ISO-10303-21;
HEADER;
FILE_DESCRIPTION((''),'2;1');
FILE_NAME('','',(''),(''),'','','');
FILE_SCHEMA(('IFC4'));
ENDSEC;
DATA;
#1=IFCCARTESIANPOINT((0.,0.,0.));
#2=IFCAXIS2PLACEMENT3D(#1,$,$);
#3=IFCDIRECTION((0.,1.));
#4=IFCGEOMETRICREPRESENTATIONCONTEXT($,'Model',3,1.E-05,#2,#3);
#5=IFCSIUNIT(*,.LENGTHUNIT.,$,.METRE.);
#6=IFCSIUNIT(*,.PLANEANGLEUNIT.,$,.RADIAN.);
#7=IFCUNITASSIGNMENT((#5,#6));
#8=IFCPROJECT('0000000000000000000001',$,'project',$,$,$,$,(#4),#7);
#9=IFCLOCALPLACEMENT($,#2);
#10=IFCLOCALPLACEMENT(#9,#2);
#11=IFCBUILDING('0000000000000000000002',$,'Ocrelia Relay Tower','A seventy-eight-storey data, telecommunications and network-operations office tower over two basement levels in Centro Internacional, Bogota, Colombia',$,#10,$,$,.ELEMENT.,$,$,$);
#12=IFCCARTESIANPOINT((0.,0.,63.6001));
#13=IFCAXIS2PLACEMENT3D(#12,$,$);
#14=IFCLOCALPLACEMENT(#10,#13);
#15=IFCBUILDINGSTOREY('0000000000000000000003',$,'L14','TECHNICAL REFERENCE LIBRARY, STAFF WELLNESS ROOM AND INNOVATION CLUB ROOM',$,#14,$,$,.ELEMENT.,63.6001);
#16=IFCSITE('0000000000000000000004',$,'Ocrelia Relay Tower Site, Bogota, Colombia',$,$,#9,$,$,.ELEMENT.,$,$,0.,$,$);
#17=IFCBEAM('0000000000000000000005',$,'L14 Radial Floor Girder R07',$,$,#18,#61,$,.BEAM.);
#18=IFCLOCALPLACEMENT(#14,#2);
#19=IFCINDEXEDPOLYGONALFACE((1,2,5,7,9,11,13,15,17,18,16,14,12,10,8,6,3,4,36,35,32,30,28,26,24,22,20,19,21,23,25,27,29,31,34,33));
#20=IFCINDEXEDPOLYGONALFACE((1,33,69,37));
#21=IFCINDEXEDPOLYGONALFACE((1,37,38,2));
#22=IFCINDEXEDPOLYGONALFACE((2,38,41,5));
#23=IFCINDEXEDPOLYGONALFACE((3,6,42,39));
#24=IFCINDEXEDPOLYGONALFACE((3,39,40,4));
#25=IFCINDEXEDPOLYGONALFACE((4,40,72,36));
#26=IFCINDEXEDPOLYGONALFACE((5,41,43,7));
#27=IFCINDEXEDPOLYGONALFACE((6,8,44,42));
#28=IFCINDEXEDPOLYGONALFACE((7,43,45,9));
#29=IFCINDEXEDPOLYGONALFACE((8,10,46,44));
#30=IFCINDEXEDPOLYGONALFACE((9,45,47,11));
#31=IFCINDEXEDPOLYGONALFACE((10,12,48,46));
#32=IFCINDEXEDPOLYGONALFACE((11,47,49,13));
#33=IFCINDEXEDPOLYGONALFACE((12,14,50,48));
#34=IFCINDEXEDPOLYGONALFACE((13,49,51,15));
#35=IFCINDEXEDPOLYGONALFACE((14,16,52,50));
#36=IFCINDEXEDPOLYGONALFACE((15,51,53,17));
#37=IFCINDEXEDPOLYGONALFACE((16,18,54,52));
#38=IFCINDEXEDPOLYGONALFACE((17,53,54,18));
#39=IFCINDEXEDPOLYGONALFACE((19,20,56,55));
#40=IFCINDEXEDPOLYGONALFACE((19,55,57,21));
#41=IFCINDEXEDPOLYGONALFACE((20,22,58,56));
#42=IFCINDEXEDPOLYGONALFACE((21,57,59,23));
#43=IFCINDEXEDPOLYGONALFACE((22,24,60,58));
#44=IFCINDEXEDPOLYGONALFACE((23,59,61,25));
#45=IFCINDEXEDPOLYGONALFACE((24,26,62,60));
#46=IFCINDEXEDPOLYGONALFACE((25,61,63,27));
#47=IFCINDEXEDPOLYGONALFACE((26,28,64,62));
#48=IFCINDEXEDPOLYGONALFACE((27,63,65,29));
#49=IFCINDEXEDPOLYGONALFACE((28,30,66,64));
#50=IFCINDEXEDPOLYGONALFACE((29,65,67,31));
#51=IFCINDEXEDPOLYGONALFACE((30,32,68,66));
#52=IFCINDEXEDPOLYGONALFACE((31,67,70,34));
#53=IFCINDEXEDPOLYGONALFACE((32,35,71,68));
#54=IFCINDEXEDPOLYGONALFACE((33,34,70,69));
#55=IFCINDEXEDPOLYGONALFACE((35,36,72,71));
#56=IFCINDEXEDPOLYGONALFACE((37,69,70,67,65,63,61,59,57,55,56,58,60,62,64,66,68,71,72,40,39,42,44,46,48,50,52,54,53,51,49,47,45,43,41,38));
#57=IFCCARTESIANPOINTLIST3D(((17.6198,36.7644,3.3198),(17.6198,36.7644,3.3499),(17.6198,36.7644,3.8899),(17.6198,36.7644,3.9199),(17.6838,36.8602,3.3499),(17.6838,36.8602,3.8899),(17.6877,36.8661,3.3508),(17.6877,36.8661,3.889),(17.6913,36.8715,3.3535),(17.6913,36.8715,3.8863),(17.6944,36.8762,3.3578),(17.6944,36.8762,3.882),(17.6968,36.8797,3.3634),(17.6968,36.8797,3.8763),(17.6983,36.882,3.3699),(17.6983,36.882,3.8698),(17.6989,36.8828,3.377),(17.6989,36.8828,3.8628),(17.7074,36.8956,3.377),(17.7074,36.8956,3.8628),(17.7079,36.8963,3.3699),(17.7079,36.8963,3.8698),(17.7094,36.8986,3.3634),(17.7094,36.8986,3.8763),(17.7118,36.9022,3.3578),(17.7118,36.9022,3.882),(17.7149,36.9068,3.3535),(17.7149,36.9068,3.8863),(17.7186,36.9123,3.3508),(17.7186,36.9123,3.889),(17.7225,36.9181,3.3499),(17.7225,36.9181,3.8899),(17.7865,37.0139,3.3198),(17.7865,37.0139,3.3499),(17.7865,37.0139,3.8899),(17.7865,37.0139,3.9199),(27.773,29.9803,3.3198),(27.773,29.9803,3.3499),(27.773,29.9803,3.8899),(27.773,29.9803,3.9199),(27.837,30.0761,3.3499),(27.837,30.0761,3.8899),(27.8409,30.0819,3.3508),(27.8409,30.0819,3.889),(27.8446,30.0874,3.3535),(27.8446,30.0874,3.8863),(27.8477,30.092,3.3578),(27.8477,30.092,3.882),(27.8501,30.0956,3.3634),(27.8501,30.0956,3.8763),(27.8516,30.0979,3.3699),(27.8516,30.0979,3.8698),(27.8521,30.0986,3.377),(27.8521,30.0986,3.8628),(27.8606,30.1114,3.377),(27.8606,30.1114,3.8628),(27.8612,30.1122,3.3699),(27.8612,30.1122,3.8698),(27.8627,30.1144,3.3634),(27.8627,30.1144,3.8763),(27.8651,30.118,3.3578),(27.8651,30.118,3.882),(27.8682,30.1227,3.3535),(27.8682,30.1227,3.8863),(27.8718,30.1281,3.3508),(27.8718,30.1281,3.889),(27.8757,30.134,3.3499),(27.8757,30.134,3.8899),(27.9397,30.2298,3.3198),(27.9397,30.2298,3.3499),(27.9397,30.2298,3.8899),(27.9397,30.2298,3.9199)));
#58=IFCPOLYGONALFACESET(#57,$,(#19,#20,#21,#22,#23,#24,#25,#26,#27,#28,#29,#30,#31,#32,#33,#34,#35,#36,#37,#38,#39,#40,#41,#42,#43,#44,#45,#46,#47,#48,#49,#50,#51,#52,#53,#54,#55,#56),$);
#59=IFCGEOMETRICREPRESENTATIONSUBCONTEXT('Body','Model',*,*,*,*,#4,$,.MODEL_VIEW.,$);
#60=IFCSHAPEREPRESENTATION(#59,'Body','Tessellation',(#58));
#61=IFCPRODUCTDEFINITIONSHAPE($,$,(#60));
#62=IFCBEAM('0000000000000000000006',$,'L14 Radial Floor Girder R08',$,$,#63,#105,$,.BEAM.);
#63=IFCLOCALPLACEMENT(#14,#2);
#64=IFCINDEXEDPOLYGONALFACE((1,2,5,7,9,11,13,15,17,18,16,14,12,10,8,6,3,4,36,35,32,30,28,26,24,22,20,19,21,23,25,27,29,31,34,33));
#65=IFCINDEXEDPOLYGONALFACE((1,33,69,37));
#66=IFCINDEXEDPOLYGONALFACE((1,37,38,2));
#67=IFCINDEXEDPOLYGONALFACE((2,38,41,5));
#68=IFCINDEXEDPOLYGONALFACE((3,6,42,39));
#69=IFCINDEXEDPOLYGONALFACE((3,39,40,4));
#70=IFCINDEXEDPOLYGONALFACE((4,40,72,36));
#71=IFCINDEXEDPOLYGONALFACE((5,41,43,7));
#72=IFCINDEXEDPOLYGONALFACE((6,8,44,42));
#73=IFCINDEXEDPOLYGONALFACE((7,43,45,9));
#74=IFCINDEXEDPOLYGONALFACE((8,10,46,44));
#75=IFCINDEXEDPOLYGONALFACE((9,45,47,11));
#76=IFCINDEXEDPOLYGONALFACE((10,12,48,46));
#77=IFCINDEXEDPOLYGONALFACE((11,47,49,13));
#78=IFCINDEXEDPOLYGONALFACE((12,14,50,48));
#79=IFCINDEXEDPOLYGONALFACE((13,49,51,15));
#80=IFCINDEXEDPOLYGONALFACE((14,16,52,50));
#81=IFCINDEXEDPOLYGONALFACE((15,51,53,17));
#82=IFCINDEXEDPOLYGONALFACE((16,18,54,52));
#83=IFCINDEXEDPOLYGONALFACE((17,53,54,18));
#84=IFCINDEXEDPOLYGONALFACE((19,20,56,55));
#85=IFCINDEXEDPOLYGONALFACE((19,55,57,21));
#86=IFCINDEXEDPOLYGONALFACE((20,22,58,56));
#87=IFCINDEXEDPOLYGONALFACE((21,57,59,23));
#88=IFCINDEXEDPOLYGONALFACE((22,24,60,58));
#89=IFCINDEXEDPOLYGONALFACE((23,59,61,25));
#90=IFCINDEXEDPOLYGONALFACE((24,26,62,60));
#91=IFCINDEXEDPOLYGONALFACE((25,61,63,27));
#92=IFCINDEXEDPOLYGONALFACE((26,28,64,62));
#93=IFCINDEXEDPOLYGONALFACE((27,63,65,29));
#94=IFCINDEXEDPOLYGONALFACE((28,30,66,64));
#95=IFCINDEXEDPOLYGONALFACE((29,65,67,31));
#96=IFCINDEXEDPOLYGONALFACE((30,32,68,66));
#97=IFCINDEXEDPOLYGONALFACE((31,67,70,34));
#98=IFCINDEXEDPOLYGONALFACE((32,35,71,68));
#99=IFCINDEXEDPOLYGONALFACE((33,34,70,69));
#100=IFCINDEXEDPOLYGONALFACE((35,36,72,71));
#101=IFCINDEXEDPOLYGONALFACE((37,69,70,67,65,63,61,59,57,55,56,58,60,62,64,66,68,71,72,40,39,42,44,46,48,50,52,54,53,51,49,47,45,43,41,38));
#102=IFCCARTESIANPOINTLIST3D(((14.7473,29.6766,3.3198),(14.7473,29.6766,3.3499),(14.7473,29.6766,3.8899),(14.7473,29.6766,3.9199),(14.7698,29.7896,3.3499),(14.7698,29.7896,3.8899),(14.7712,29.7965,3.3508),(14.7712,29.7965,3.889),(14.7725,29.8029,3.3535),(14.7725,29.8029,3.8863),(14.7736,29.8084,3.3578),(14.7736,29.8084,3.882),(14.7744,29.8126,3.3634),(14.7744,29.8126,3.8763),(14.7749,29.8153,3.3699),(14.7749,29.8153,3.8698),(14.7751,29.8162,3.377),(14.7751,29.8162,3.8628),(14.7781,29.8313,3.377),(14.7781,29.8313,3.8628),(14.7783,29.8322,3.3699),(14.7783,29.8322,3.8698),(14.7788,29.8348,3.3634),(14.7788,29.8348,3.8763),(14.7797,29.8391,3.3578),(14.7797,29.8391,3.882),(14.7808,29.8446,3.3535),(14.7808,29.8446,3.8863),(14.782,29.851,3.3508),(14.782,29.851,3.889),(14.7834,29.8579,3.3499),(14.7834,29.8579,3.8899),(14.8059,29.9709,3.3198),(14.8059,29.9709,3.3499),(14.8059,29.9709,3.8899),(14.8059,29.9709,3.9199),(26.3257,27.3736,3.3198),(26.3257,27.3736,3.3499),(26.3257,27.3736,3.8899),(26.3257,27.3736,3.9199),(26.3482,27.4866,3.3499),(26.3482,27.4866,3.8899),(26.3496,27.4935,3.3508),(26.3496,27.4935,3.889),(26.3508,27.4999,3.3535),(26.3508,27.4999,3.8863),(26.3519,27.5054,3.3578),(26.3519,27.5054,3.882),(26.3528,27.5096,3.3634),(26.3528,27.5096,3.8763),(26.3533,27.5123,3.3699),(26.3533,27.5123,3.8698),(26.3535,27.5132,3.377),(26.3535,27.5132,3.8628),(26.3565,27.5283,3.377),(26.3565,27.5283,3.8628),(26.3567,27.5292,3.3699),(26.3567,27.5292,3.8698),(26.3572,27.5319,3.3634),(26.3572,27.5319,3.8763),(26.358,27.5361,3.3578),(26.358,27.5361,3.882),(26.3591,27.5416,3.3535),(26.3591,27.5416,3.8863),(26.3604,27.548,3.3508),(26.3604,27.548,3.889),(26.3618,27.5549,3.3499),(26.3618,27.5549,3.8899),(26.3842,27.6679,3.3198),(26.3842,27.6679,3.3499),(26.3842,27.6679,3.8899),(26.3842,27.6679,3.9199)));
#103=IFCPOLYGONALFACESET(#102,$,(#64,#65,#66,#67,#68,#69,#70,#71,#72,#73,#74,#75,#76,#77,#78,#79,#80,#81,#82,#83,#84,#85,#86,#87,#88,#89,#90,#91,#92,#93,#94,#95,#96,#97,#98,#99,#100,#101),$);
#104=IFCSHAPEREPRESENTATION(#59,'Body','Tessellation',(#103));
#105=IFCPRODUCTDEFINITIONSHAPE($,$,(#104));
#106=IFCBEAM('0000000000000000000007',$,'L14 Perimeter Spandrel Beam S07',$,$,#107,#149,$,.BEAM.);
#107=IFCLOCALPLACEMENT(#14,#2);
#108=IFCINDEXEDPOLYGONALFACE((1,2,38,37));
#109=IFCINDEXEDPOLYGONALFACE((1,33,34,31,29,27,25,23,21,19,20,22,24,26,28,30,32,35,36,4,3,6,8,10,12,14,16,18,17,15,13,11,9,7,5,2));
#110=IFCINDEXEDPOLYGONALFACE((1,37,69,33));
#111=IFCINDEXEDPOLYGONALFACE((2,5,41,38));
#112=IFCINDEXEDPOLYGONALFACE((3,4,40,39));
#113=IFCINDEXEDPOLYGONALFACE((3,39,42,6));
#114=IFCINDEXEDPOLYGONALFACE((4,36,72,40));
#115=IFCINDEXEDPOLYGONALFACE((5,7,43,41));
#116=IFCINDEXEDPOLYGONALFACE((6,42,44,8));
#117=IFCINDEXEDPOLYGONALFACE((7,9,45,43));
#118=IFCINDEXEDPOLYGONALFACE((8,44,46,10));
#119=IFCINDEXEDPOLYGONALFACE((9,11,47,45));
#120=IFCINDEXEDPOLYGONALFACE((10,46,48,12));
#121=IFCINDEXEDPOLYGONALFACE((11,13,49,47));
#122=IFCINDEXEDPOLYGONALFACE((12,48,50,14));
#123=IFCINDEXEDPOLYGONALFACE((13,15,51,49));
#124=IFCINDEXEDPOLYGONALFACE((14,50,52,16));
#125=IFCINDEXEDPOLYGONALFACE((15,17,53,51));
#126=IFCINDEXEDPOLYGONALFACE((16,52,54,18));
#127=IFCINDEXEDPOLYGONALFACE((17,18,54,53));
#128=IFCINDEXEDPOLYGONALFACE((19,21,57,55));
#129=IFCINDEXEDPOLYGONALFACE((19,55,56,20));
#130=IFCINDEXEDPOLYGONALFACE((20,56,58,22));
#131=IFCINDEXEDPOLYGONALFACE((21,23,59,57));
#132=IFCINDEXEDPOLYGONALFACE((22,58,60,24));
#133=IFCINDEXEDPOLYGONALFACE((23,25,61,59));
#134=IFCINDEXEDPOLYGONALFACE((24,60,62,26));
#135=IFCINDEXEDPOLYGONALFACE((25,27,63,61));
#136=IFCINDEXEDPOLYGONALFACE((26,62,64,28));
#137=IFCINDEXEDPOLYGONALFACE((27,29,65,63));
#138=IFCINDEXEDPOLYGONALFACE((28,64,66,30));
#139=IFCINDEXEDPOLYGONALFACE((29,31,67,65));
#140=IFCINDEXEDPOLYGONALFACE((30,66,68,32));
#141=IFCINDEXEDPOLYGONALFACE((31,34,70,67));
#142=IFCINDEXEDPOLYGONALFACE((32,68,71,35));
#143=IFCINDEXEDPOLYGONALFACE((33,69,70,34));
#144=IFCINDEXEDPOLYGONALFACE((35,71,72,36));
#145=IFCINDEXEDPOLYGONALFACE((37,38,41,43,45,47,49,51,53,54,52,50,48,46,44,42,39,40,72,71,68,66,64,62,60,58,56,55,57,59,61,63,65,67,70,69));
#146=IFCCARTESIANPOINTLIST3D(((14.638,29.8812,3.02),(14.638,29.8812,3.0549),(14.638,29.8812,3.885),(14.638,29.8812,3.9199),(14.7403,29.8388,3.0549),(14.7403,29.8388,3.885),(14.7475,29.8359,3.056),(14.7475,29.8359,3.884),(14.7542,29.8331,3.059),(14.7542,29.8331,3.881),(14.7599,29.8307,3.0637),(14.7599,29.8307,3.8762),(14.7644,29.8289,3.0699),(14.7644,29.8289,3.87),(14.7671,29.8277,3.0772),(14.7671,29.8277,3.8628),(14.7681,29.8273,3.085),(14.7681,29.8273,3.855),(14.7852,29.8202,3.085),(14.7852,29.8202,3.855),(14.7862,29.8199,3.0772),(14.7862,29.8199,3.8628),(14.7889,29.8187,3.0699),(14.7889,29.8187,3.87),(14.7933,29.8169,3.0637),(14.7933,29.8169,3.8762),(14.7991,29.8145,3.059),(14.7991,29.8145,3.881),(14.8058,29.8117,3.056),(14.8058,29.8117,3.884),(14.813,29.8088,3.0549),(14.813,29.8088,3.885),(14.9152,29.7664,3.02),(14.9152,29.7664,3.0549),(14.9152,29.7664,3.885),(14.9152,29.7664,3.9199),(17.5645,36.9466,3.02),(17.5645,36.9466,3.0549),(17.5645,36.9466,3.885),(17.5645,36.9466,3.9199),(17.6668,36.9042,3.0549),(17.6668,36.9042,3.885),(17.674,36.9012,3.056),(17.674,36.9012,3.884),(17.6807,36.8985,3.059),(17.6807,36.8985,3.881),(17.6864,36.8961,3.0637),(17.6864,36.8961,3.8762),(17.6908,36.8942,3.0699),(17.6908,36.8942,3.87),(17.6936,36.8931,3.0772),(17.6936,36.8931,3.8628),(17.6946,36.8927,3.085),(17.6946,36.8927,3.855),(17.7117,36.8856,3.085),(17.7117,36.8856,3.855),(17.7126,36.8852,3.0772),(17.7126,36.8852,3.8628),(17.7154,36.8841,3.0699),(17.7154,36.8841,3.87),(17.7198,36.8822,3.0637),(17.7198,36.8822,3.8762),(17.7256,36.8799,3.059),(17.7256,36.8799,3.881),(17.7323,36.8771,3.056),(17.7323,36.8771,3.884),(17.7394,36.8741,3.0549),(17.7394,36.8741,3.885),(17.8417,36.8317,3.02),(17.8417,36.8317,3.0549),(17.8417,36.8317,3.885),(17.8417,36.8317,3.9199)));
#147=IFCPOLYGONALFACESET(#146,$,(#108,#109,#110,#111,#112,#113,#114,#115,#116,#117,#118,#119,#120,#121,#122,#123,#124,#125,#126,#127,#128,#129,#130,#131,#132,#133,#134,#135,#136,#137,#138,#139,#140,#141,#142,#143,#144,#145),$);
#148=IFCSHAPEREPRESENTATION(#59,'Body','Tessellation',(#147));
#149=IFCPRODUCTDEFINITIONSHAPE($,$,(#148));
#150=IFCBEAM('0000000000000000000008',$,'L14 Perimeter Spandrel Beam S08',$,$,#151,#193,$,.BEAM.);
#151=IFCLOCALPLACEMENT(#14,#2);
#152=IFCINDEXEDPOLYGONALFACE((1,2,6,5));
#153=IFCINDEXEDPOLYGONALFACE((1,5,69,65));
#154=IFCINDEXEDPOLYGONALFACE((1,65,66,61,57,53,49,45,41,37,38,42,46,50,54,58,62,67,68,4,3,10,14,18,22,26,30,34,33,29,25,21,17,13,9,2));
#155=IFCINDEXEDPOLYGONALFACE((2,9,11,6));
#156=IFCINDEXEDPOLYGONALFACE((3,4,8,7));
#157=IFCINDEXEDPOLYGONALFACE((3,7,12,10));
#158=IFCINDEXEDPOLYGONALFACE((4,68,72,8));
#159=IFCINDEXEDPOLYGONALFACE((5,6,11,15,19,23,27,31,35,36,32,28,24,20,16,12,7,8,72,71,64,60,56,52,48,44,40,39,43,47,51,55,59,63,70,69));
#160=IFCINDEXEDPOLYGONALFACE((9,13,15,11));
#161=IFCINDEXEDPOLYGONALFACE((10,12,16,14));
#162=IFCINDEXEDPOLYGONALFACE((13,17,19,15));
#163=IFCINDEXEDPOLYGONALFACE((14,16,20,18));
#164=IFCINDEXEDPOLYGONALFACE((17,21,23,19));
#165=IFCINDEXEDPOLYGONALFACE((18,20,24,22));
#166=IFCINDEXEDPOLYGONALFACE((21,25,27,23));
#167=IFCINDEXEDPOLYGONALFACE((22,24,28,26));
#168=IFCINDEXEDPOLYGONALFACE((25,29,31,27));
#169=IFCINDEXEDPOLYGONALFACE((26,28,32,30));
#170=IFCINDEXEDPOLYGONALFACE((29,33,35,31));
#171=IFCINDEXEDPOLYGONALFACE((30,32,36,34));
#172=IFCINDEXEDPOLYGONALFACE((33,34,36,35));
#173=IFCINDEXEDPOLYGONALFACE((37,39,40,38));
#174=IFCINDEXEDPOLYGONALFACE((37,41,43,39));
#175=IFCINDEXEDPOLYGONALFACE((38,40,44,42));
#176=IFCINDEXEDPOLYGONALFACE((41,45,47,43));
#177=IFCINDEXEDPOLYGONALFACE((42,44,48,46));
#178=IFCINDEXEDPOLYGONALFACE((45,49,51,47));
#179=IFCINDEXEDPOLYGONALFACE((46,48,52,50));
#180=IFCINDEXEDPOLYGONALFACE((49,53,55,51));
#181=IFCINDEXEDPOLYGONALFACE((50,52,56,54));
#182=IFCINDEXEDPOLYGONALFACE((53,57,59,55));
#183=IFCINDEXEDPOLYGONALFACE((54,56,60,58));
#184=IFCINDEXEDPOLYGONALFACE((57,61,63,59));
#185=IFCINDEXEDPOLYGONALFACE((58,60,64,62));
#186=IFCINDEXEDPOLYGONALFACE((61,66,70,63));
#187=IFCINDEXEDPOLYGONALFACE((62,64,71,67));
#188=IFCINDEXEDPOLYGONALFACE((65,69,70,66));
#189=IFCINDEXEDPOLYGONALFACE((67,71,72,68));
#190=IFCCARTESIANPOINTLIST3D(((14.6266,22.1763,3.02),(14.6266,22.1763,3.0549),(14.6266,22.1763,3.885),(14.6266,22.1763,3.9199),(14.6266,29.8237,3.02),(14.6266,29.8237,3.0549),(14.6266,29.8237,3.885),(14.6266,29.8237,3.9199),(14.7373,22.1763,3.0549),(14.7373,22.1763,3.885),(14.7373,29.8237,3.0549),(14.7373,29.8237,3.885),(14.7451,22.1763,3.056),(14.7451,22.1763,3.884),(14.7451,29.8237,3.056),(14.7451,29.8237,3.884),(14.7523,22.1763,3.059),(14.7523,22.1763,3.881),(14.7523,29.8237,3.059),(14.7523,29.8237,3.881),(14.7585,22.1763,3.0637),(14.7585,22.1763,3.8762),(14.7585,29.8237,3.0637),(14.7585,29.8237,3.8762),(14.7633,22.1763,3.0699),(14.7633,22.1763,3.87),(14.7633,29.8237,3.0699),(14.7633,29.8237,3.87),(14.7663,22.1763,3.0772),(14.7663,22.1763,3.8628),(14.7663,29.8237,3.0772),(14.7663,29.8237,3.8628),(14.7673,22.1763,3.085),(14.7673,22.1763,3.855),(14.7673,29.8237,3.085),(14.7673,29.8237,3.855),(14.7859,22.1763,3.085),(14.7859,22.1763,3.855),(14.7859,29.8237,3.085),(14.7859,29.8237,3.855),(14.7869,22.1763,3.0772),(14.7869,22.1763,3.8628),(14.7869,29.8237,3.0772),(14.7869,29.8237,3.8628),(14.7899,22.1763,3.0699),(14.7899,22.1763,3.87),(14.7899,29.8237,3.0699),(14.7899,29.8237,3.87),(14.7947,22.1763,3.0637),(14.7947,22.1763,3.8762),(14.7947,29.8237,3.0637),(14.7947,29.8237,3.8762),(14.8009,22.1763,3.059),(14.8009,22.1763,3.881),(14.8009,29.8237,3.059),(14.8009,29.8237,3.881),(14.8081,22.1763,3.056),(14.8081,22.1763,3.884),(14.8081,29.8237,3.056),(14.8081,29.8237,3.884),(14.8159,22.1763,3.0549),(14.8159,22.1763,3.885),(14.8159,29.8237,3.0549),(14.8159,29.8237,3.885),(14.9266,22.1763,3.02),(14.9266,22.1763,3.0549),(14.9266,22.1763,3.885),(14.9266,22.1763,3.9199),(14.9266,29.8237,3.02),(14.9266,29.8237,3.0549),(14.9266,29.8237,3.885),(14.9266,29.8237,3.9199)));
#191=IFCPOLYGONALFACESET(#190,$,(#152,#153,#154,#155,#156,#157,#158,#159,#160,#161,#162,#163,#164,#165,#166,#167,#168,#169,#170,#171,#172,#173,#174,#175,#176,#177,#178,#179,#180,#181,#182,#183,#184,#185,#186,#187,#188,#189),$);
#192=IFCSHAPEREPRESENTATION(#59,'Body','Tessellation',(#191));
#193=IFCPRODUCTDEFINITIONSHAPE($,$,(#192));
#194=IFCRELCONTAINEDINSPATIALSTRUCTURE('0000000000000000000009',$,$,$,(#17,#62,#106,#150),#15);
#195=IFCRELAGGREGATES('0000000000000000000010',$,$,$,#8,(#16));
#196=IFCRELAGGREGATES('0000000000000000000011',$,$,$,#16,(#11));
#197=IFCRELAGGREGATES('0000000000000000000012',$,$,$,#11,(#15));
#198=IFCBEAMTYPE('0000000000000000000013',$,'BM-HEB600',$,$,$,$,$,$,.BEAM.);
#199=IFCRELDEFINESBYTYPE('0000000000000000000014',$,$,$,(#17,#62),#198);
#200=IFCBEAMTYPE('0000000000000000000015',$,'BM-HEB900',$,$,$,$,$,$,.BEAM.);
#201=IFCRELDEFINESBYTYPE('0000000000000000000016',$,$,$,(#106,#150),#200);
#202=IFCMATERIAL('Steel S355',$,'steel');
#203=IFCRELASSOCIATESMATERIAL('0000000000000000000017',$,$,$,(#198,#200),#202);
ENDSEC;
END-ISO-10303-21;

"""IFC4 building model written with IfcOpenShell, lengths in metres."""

from ifc_helpers import new_model, si_unit, direction, frame, origin, origin_2d, place, context, subcontext, project, spatial, i_section, extrude, material, material_profile, profile_set, type_object, element, save


model = new_model("IFC4")

# Units and contexts
model_context = context("Model", 3, precision=1e-05, world=origin(), true_north=direction((0.0, 1.0)))
body_context = subcontext(model_context, "Body", "Model", "MODEL_VIEW")
ifc_project = project(units=[si_unit("LENGTHUNIT", "METRE"), si_unit("PLANEANGLEUNIT", "RADIAN")], contexts=[model_context])

# Site, building, storey
site_placement = place(None, origin())
site = spatial("IfcSite", under=ifc_project, at=site_placement, Name="Ocrelia Relay Tower Site, Bogota, Colombia", CompositionType="ELEMENT", RefElevation=0.0)
building_placement = place(site_placement, origin())
building = spatial("IfcBuilding", under=site, at=building_placement, Name="Ocrelia Relay Tower", Description="A seventy-eight-storey data, telecommunications and network-operations office tower over two basement levels in Centro Internacional, Bogota, Colombia", CompositionType="ELEMENT")
storey_placement = place(building_placement, frame((0.0, 0.0, 63.6001)))
storey = spatial("IfcBuildingStorey", under=building, at=storey_placement, Name="L14", Description="TECHNICAL REFERENCE LIBRARY, STAFF WELLNESS ROOM AND INNOVATION CLUB ROOM", CompositionType="ELEMENT", Elevation=63.6001)

# Beams
ifc_material_1 = material(Name="Steel S355", Category="steel")
ifc_material_profile_1 = material_profile(ifc_material_1, i_section(OverallWidth=0.3, OverallDepth=0.6001, WebThickness=0.0154, FlangeThickness=0.03, FilletRadius=0.0271, at=origin_2d()), Name="HEB 600")
ifc_profile_set_1 = profile_set([ifc_material_profile_1], Name="Steel S355")
beam_type_1 = type_object("IfcBeamType", Name="BM-HEB600", PredefinedType="BEAM", material=ifc_profile_set_1)
beam_1_placement = place(storey_placement, frame((17.7031, 36.8892, 3.6199), z_axis=(0.831472, -0.555567, 0.0), x_axis=(0.555567, 0.831472, 0.0)))
element("IfcBeam", 1, at=beam_1_placement, inside=storey, type_object=beam_type_1, Name="L14 Radial Floor Girder R07", PredefinedType="BEAM", context=body_context, shape_type="SweptSolid", body=[
    extrude(i_section(OverallWidth=0.3, OverallDepth=0.6001, WebThickness=0.0154, FlangeThickness=0.03, FilletRadius=0.0271, at=origin_2d()), origin(), (0.0, 0.0, 1.0), 12.2112),
])
beam_2_placement = place(storey_placement, frame((14.7766, 29.8237, 3.6199), z_axis=(0.980787, -0.195082, 0.0), x_axis=(0.195082, 0.980787, 0.0)))
element("IfcBeam", 2, at=beam_2_placement, inside=storey, type_object=beam_type_1, Name="L14 Radial Floor Girder R08", PredefinedType="BEAM", context=body_context, shape_type="SweptSolid", body=[
    extrude(i_section(OverallWidth=0.3, OverallDepth=0.6001, WebThickness=0.0154, FlangeThickness=0.03, FilletRadius=0.0271, at=origin_2d()), origin(), (0.0, 0.0, 1.0), 11.8052),
])
ifc_material_profile_2 = material_profile(ifc_material_1, i_section(OverallWidth=0.3, OverallDepth=0.8999, WebThickness=0.0186, FlangeThickness=0.0349, FilletRadius=0.03, at=origin_2d()), Name="HEB 900")
ifc_profile_set_2 = profile_set([ifc_material_profile_2], Name="Steel S355")
beam_type_2 = type_object("IfcBeamType", Name="BM-HEB900", PredefinedType="BEAM", material=ifc_profile_set_2)
for number, where, z_axis, x_axis, name in (
    (3, (17.7031, 36.8892, 3.47), (-0.382674, -0.923883, 0.0), (0.923883, -0.382674, 0.0), "L14 Perimeter Spandrel Beam S07"),
    (4, (14.7766, 29.8237, 3.47), (0.0, -1.0, 0.0), (1.0, 0.0, 0.0), "L14 Perimeter Spandrel Beam S08"),
):
    element("IfcBeam", number, at=place(storey_placement, frame(where, z_axis=z_axis, x_axis=x_axis)), inside=storey, type_object=beam_type_2, Name=name, PredefinedType="BEAM", context=body_context, shape_type="SweptSolid", body=[
        extrude(i_section(OverallWidth=0.3, OverallDepth=0.8999, WebThickness=0.0186, FlangeThickness=0.0349, FilletRadius=0.03, at=origin_2d()), origin(), (0.0, 0.0, 1.0), 7.6475),
    ])

save(model, "model.ifc")
